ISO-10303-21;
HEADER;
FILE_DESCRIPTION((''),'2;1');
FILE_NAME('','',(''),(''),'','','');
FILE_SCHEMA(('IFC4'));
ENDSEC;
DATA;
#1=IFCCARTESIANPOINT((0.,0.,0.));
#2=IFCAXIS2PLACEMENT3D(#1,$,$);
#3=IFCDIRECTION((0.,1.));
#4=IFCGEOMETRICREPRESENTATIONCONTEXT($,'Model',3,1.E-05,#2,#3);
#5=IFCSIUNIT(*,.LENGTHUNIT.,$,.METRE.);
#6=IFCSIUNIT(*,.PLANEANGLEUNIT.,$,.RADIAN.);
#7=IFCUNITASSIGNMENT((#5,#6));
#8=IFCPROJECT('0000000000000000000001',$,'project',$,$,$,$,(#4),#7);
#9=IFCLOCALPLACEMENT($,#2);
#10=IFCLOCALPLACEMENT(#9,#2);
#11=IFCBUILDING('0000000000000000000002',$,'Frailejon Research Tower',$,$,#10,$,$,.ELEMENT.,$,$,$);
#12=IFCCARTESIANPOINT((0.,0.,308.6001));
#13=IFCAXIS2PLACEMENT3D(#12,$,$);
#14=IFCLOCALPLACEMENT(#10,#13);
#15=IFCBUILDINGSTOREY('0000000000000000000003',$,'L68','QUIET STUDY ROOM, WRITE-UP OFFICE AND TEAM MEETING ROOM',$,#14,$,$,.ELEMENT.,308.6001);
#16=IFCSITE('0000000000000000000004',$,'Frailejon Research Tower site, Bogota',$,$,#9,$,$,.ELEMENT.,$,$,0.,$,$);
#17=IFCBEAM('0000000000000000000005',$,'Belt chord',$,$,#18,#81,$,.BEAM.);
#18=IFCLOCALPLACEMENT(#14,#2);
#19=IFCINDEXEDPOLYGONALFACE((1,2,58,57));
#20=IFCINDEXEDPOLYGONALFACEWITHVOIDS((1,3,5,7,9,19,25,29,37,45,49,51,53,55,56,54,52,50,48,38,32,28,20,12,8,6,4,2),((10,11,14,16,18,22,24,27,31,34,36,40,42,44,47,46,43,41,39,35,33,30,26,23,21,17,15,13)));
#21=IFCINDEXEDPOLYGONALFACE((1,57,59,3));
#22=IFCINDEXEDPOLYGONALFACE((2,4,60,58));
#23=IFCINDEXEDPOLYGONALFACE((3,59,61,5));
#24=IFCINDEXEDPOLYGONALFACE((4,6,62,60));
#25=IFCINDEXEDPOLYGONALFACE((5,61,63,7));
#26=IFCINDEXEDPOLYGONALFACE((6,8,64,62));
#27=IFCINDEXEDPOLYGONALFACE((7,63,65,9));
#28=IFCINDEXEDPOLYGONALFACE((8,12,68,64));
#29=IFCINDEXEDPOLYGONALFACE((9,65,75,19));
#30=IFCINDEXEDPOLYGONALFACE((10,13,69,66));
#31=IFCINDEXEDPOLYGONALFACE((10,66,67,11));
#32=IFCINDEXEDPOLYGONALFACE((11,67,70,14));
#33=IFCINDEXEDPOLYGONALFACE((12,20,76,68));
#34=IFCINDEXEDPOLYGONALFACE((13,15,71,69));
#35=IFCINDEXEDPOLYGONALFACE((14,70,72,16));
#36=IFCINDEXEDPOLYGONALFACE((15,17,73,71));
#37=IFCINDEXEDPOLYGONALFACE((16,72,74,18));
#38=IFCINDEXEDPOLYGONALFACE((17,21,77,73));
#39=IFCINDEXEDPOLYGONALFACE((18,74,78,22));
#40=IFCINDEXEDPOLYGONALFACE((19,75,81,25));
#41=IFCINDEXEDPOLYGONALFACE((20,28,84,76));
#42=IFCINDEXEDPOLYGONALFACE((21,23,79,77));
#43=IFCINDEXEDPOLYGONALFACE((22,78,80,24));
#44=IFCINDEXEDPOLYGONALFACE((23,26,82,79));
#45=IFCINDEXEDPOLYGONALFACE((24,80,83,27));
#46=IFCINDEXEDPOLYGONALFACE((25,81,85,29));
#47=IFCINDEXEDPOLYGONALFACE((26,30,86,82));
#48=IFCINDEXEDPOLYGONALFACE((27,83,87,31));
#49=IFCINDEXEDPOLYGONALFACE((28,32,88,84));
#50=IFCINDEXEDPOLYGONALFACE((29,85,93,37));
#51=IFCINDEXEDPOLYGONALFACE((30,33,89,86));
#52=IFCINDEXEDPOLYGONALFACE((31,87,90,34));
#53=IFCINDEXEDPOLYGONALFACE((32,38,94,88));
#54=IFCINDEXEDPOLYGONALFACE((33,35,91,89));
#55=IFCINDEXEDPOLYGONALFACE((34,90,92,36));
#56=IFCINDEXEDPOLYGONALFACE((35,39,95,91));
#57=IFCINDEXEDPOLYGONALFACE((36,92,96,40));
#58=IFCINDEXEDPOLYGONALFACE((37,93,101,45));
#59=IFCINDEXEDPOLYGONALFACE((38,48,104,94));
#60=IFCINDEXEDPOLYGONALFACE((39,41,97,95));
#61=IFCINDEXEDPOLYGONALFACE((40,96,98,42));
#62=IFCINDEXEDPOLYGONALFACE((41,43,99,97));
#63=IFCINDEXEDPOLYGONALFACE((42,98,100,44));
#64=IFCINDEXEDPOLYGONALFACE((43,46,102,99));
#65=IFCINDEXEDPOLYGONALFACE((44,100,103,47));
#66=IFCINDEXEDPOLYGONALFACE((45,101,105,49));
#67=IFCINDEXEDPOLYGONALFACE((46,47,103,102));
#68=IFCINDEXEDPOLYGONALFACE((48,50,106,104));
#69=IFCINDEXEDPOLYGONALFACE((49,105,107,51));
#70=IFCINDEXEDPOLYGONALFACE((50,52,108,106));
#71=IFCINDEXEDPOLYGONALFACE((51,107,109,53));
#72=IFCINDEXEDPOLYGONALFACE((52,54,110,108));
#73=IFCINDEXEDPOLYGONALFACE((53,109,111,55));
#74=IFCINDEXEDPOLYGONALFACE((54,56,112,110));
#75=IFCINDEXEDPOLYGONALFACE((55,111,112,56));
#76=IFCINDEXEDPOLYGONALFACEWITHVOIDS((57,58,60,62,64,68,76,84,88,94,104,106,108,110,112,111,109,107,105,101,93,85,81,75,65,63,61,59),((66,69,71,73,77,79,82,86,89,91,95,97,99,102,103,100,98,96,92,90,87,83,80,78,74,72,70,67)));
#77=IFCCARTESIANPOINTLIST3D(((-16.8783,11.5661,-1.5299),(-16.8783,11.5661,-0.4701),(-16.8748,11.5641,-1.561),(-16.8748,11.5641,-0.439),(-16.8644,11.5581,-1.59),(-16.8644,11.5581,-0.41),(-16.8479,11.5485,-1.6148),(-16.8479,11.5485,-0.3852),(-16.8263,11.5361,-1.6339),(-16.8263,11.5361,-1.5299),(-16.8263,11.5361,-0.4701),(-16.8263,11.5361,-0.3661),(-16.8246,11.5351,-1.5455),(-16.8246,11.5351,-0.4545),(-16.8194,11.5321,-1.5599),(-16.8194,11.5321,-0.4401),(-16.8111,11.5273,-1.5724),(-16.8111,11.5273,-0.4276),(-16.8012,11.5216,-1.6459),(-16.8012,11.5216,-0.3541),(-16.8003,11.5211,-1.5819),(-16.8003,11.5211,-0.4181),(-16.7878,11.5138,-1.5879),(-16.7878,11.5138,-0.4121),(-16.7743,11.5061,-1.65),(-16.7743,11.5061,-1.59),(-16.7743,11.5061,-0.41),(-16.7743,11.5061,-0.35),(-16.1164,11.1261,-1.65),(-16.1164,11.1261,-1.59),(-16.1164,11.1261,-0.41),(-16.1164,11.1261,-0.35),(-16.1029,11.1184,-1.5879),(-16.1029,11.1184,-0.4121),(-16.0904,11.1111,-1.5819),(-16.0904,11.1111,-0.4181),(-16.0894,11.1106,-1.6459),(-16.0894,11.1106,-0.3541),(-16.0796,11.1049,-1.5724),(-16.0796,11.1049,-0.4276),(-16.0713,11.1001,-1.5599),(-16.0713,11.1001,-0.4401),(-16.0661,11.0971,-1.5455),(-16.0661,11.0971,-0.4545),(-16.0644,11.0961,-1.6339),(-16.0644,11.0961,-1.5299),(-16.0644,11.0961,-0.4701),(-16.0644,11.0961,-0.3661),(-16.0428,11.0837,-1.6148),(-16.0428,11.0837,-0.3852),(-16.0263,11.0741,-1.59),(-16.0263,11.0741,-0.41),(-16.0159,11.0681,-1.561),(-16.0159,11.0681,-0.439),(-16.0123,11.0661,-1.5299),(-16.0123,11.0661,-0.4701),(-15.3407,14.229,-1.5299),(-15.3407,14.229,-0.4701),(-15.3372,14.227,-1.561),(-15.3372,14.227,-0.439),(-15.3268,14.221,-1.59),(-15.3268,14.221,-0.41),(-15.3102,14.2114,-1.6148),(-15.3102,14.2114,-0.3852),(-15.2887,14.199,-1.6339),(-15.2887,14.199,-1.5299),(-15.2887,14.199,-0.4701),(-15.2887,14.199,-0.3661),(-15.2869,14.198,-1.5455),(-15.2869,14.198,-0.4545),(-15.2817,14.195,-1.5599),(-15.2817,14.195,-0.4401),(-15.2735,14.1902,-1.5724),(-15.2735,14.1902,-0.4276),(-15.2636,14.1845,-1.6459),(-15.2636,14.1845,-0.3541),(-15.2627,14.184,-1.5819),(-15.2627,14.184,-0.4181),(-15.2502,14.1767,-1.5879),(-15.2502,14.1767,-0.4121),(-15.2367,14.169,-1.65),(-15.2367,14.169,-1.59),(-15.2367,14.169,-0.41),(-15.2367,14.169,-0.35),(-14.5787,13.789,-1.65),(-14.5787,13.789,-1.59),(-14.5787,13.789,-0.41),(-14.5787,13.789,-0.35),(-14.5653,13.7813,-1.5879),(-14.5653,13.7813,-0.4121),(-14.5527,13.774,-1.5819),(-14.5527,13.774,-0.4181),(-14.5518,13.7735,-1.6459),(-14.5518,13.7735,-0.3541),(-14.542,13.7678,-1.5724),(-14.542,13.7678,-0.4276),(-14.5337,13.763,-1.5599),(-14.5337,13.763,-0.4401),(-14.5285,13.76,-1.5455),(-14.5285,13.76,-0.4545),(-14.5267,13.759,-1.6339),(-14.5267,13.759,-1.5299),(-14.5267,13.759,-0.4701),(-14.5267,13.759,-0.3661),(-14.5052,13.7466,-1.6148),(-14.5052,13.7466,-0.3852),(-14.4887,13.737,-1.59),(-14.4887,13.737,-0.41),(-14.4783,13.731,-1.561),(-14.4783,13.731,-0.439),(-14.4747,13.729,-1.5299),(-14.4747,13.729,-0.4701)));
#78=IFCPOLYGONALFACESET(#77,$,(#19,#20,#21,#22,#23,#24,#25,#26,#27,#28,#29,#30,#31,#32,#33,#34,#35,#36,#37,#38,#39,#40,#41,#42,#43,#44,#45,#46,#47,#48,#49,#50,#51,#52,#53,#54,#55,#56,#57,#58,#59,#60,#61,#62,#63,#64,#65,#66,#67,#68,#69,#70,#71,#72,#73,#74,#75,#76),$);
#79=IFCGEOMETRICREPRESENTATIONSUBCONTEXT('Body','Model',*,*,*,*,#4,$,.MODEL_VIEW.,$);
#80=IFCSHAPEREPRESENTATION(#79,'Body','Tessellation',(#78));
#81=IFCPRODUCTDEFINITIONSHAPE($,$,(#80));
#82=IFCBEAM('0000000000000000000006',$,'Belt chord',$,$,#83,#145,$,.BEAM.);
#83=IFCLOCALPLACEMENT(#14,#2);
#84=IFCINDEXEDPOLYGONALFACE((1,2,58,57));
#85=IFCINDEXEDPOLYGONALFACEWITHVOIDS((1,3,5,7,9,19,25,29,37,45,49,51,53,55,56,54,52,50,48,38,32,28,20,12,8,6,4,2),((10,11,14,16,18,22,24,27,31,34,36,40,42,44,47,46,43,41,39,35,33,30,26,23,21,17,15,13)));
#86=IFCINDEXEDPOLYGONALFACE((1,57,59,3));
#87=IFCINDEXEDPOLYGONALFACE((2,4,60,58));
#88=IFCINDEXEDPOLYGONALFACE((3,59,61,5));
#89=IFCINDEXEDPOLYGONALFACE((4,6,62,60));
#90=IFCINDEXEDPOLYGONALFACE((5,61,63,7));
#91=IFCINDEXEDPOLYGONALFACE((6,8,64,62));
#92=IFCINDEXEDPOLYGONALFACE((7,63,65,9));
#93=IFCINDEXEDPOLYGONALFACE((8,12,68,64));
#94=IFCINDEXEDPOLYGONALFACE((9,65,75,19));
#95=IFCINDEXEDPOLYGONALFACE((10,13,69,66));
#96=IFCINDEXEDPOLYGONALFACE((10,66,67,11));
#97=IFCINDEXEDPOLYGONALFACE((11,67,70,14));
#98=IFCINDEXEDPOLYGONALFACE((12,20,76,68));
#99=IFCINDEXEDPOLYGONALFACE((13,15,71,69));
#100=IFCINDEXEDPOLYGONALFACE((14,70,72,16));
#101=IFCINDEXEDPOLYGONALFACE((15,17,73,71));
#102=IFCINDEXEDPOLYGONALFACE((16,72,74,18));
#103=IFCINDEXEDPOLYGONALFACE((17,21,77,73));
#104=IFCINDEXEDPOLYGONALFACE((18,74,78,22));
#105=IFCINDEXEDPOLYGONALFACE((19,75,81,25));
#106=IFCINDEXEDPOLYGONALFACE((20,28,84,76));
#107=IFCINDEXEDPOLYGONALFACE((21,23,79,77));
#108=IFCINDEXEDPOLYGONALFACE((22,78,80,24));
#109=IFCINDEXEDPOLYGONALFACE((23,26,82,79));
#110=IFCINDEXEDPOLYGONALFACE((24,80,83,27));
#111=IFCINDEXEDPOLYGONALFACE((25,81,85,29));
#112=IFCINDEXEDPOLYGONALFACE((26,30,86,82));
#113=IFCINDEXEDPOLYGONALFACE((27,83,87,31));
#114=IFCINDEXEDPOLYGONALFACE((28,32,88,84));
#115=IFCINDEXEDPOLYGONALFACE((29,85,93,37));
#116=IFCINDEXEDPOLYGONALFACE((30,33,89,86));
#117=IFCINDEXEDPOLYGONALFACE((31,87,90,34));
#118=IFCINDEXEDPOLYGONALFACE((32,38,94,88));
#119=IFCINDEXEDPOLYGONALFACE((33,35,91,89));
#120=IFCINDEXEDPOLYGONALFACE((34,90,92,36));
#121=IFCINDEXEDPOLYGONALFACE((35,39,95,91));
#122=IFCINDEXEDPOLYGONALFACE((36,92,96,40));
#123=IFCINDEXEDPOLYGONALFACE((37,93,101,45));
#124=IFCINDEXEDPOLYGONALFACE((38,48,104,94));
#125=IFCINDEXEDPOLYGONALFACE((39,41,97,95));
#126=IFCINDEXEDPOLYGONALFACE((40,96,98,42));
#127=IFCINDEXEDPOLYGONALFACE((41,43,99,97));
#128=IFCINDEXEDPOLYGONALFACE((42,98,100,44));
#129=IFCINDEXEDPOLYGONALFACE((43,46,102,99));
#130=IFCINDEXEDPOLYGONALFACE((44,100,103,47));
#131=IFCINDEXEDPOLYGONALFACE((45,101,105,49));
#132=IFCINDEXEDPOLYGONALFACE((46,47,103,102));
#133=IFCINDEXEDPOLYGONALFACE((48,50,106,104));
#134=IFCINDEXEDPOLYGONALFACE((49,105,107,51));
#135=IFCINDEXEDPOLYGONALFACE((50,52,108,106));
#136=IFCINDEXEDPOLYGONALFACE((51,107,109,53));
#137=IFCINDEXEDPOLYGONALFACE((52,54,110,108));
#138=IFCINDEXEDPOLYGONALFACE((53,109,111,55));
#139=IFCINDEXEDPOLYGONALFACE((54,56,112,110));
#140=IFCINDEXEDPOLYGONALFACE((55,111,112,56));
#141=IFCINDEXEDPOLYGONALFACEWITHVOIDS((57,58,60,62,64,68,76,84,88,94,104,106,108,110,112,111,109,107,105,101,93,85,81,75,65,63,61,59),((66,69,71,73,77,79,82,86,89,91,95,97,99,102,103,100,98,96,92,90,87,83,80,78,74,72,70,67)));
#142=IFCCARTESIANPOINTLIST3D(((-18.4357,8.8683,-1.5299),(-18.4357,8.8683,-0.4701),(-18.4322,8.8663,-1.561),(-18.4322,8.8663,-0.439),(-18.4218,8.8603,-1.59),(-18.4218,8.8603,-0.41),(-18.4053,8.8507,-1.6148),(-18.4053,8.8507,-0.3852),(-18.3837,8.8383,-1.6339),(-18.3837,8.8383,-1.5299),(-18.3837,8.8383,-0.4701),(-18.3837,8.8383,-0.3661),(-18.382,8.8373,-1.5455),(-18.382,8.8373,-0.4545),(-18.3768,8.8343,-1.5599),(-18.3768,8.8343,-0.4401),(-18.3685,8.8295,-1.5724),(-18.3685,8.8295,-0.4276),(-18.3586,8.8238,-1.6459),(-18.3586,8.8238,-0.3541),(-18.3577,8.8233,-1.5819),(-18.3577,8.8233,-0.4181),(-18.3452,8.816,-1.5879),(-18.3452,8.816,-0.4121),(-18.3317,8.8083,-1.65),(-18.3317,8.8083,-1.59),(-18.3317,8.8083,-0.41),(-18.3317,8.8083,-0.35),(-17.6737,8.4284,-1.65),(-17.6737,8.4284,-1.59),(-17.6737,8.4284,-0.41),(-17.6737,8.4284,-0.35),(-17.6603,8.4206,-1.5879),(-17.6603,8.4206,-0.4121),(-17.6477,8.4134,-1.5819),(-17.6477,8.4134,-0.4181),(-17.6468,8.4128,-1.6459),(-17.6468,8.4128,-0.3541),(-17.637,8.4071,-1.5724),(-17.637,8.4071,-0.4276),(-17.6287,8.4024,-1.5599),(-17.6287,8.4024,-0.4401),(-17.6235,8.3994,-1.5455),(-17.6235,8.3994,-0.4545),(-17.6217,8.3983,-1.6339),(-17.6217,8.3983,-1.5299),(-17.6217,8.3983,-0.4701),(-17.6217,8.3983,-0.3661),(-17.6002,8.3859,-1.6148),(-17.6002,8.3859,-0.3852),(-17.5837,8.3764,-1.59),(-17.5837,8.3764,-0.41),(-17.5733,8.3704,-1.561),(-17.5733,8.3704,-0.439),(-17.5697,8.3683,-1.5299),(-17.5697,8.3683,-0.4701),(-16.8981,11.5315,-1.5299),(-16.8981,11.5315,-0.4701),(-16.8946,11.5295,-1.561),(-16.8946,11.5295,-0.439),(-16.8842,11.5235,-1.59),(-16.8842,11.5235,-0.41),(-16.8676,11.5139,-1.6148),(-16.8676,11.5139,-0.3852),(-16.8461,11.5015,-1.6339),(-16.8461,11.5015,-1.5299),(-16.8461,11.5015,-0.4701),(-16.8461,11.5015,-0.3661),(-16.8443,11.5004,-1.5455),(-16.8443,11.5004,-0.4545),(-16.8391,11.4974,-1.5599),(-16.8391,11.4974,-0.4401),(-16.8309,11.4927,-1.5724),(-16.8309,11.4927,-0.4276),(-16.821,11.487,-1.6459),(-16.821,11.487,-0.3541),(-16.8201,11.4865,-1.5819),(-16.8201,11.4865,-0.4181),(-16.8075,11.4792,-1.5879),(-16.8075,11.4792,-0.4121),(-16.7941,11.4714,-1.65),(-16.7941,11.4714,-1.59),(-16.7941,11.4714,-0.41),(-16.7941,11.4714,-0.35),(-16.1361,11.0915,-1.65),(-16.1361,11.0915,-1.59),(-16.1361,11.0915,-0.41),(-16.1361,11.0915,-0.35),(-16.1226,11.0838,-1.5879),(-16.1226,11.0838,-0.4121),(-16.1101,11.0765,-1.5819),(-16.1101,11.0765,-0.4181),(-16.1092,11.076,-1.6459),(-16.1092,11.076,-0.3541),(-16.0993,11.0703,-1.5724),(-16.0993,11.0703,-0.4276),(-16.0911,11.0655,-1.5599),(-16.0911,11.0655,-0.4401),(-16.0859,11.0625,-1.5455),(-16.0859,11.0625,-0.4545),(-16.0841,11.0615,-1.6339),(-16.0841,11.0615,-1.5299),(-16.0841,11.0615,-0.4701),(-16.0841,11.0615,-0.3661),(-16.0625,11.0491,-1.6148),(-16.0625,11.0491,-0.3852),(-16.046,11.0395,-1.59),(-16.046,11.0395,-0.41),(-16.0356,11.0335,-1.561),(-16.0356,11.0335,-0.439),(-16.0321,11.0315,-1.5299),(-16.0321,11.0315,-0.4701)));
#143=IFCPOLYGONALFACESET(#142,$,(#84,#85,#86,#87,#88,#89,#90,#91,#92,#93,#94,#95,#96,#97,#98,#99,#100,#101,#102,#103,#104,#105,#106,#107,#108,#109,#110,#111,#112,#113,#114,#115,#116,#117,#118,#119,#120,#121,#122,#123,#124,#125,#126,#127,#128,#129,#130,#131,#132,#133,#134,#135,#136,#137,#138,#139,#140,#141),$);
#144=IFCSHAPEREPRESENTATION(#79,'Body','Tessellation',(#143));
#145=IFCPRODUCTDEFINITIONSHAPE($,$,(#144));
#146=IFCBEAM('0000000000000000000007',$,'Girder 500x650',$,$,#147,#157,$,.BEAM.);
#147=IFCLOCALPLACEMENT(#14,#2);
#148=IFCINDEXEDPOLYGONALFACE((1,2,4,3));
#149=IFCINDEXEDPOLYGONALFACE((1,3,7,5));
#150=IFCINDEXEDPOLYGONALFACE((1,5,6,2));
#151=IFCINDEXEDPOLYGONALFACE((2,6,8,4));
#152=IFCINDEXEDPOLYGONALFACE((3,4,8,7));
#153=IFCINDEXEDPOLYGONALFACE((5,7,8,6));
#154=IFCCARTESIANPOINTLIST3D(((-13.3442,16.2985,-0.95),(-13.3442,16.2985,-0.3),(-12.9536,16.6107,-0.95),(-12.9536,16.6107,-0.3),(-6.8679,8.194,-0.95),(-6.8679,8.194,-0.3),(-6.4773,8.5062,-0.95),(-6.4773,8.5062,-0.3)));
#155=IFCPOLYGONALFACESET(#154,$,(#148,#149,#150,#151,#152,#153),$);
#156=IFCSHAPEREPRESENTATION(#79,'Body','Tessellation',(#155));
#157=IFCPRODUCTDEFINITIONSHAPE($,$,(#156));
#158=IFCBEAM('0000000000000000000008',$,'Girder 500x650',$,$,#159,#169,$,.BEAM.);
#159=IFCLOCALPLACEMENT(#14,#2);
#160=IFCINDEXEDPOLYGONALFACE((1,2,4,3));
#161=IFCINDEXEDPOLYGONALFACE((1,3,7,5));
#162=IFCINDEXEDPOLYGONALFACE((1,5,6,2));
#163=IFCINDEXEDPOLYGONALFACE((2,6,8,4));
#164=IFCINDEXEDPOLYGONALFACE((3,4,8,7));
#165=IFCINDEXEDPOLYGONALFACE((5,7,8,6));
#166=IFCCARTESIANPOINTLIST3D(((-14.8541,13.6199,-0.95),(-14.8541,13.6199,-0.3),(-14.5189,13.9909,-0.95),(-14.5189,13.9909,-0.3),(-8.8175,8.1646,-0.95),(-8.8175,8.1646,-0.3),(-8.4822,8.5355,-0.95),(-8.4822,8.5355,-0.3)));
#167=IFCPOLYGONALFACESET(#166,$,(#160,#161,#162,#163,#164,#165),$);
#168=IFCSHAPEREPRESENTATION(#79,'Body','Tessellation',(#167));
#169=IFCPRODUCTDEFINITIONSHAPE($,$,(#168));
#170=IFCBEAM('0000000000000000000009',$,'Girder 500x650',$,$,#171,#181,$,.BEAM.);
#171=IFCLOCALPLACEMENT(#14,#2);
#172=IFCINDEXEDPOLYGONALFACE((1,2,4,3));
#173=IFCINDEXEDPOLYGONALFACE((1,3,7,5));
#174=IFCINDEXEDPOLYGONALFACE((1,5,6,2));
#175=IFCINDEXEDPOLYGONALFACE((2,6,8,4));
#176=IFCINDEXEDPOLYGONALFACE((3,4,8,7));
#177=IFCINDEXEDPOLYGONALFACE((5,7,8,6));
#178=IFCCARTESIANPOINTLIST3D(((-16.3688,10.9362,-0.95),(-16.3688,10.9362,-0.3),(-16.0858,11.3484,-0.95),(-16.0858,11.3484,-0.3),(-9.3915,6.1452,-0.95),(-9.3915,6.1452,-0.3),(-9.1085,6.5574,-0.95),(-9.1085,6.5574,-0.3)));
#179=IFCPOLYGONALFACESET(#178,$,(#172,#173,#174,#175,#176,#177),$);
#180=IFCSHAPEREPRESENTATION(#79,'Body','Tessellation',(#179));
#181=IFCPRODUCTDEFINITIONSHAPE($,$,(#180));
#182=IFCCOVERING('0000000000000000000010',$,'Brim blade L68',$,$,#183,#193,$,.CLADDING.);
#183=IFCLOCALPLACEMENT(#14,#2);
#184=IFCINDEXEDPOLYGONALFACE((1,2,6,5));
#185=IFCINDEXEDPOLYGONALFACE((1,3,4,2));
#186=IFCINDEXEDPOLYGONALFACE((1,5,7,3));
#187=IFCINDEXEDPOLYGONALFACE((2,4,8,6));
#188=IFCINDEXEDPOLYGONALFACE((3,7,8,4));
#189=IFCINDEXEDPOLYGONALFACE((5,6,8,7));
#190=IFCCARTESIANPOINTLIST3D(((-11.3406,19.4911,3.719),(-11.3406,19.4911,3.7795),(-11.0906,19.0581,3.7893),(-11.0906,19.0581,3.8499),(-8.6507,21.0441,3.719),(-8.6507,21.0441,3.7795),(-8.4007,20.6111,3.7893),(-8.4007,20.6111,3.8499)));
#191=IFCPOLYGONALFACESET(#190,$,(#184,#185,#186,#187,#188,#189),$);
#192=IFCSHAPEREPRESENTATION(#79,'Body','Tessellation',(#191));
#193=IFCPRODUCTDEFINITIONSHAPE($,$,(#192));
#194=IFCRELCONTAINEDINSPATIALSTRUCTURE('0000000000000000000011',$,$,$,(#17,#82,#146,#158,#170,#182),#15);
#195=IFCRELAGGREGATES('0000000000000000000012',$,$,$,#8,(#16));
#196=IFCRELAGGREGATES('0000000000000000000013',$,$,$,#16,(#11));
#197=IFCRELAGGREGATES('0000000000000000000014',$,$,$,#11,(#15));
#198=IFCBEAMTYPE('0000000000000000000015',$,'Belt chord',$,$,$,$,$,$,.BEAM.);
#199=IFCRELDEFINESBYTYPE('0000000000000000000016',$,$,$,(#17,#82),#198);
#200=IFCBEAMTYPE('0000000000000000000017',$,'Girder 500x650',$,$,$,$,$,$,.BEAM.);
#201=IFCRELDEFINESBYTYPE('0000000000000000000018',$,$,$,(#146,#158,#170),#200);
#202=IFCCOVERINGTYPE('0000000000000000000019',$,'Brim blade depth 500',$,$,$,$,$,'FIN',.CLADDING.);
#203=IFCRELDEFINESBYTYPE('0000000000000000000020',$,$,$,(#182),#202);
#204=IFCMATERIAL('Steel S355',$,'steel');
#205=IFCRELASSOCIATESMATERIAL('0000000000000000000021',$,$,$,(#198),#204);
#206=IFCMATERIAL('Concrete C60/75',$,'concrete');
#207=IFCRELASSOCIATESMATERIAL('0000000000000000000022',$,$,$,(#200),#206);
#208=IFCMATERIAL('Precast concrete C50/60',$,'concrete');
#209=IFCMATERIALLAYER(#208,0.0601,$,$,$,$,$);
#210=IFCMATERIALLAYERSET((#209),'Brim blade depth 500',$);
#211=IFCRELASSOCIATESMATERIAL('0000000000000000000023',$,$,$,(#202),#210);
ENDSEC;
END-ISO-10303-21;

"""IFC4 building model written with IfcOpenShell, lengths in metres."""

from ifc_helpers import new_model, si_unit, direction, frame, origin, origin_2d, place, context, subcontext, project, spatial, polyline, rectangle, hollow_rectangle, outline, extrude, material, layer, layer_set, material_profile, profile_set, type_object, element, save


model = new_model("IFC4")

# Units and contexts
model_context = context("Model", 3, precision=1e-05, world=origin(), true_north=direction((0.0, 1.0)))
body_context = subcontext(model_context, "Body", "Model", "MODEL_VIEW")
ifc_project = project(units=[si_unit("LENGTHUNIT", "METRE"), si_unit("PLANEANGLEUNIT", "RADIAN")], contexts=[model_context])

# Site, building, storey
site_placement = place(None, origin())
site = spatial("IfcSite", under=ifc_project, at=site_placement, Name="Frailejon Research Tower site, Bogota", CompositionType="ELEMENT", RefElevation=0.0)
building_placement = place(site_placement, origin())
building = spatial("IfcBuilding", under=site, at=building_placement, Name="Frailejon Research Tower", CompositionType="ELEMENT")
storey_placement = place(building_placement, frame((0.0, 0.0, 308.6001)))
storey = spatial("IfcBuildingStorey", under=building, at=storey_placement, Name="L68", Description="QUIET STUDY ROOM, WRITE-UP OFFICE AND TEAM MEETING ROOM", CompositionType="ELEMENT", Elevation=308.6001)

# Beams
ifc_material_1 = material(Name="Steel S355", Category="steel")
ifc_material_profile_1 = material_profile(ifc_material_1, hollow_rectangle(XDim=1.0, YDim=1.3, WallThickness=0.0601, InnerFilletRadius=0.0601, OuterFilletRadius=0.1201, at=origin_2d()), Name="Belt chord")
ifc_profile_set_1 = profile_set([ifc_material_profile_1], Name="Steel S355")
beam_type_1 = type_object("IfcBeamType", Name="Belt chord", PredefinedType="BEAM", material=ifc_profile_set_1)
beam_1_placement = place(storey_placement, frame((-14.9077, 13.979, -1.0), z_axis=(-0.50005, -0.865997, 0.0), x_axis=(0.865997, -0.50005, 0.0)))
element("IfcBeam", 1, at=beam_1_placement, inside=storey, type_object=beam_type_1, Name="Belt chord", PredefinedType="BEAM", context=body_context, shape_type="SweptSolid", body=[
    extrude(hollow_rectangle(XDim=1.0, YDim=1.3, WallThickness=0.0601, InnerFilletRadius=0.0601, OuterFilletRadius=0.1201, at=origin_2d()), origin(), (0.0, 0.0, 1.0), 3.075),
])
beam_2_placement = place(storey_placement, frame((-16.4651, 11.2815, -1.0), z_axis=(-0.500016, -0.866016, 0.0), x_axis=(0.866016, -0.500016, 0.0)))
element("IfcBeam", 2, at=beam_2_placement, inside=storey, type_object=beam_type_1, Name="Belt chord", PredefinedType="BEAM", context=body_context, shape_type="SweptSolid", body=[
    extrude(hollow_rectangle(XDim=1.0, YDim=1.3, WallThickness=0.0601, InnerFilletRadius=0.0601, OuterFilletRadius=0.1201, at=origin_2d()), origin(), (0.0, 0.0, 1.0), 3.0752),
])
ifc_material_2 = material(Name="Concrete C60/75", Category="concrete")
ifc_material_profile_2 = material_profile(ifc_material_2, rectangle(XDim=0.5, YDim=0.6499, at=origin_2d()), Name="Girder 500x650")
ifc_profile_set_2 = profile_set([ifc_material_profile_2], Name="Concrete C60/75")
beam_type_2 = type_object("IfcBeamType", Name="Girder 500x650", PredefinedType="BEAM", material=ifc_profile_set_2)
beam_3_placement = place(storey_placement, frame((-13.1489, 16.4546, -0.625), z_axis=(0.624267, -0.781211, 0.0), x_axis=(0.781211, 0.624267, 0.0)))
element("IfcBeam", 3, at=beam_3_placement, inside=storey, type_object=beam_type_2, Name="Girder 500x650", PredefinedType="BEAM", context=body_context, shape_type="SweptSolid", body=[
    extrude(rectangle(XDim=0.5, YDim=0.6499, at=origin_2d()), origin(), (0.0, 0.0, 1.0), 10.3743),
])
beam_4_placement = place(storey_placement, frame((-14.6865, 13.8054, -0.625), z_axis=(0.741926, -0.670482, 0.0), x_axis=(0.670482, 0.741926, 0.0)))
element("IfcBeam", 4, at=beam_4_placement, inside=storey, type_object=beam_type_2, Name="Girder 500x650", PredefinedType="BEAM", context=body_context, shape_type="SweptSolid", body=[
    extrude(rectangle(XDim=0.5, YDim=0.6499, at=origin_2d()), origin(), (0.0, 0.0, 1.0), 8.1365),
])
beam_5_placement = place(storey_placement, frame((-16.2273, 11.1423, -0.625), z_axis=(0.824366, -0.566057, 0.0), x_axis=(0.566057, 0.824366, 0.0)))
element("IfcBeam", 5, at=beam_5_placement, inside=storey, type_object=beam_type_2, Name="Girder 500x650", PredefinedType="BEAM", context=body_context, shape_type="SweptSolid", body=[
    extrude(rectangle(XDim=0.5, YDim=0.6499, at=origin_2d()), origin(), (0.0, 0.0, 1.0), 8.4639),
])

# Covering
ifc_material_3 = material(Name="Precast concrete C50/60", Category="concrete")
ifc_layer_1 = layer(ifc_material_3, 0.0601)
ifc_layer_set_1 = layer_set([ifc_layer_1], Name="Brim blade depth 500")
covering_type_1 = type_object("IfcCoveringType", Name="Brim blade depth 500", ElementType="FIN", PredefinedType="CLADDING", material=ifc_layer_set_1)
covering_1_placement = place(storey_placement, frame((-11.0906, 19.0581, 3.8499), z_axis=(0.866027, 0.499997, 0.0), x_axis=(-0.499997, 0.866027, 0.0)))
element("IfcCovering", 6, at=covering_1_placement, inside=storey, type_object=covering_type_1, Name="Brim blade L68", PredefinedType="CLADDING", context=body_context, shape_type="SweptSolid", body=[
    extrude(outline(polyline([(0.0, -0.0605), (0.5, -0.1309), (0.5, -0.0703), (0.0, 0.0), (0.0, -0.0605)])), origin(), (0.0, 0.0, 1.0), 3.106),
])

save(model, "model.ifc")
